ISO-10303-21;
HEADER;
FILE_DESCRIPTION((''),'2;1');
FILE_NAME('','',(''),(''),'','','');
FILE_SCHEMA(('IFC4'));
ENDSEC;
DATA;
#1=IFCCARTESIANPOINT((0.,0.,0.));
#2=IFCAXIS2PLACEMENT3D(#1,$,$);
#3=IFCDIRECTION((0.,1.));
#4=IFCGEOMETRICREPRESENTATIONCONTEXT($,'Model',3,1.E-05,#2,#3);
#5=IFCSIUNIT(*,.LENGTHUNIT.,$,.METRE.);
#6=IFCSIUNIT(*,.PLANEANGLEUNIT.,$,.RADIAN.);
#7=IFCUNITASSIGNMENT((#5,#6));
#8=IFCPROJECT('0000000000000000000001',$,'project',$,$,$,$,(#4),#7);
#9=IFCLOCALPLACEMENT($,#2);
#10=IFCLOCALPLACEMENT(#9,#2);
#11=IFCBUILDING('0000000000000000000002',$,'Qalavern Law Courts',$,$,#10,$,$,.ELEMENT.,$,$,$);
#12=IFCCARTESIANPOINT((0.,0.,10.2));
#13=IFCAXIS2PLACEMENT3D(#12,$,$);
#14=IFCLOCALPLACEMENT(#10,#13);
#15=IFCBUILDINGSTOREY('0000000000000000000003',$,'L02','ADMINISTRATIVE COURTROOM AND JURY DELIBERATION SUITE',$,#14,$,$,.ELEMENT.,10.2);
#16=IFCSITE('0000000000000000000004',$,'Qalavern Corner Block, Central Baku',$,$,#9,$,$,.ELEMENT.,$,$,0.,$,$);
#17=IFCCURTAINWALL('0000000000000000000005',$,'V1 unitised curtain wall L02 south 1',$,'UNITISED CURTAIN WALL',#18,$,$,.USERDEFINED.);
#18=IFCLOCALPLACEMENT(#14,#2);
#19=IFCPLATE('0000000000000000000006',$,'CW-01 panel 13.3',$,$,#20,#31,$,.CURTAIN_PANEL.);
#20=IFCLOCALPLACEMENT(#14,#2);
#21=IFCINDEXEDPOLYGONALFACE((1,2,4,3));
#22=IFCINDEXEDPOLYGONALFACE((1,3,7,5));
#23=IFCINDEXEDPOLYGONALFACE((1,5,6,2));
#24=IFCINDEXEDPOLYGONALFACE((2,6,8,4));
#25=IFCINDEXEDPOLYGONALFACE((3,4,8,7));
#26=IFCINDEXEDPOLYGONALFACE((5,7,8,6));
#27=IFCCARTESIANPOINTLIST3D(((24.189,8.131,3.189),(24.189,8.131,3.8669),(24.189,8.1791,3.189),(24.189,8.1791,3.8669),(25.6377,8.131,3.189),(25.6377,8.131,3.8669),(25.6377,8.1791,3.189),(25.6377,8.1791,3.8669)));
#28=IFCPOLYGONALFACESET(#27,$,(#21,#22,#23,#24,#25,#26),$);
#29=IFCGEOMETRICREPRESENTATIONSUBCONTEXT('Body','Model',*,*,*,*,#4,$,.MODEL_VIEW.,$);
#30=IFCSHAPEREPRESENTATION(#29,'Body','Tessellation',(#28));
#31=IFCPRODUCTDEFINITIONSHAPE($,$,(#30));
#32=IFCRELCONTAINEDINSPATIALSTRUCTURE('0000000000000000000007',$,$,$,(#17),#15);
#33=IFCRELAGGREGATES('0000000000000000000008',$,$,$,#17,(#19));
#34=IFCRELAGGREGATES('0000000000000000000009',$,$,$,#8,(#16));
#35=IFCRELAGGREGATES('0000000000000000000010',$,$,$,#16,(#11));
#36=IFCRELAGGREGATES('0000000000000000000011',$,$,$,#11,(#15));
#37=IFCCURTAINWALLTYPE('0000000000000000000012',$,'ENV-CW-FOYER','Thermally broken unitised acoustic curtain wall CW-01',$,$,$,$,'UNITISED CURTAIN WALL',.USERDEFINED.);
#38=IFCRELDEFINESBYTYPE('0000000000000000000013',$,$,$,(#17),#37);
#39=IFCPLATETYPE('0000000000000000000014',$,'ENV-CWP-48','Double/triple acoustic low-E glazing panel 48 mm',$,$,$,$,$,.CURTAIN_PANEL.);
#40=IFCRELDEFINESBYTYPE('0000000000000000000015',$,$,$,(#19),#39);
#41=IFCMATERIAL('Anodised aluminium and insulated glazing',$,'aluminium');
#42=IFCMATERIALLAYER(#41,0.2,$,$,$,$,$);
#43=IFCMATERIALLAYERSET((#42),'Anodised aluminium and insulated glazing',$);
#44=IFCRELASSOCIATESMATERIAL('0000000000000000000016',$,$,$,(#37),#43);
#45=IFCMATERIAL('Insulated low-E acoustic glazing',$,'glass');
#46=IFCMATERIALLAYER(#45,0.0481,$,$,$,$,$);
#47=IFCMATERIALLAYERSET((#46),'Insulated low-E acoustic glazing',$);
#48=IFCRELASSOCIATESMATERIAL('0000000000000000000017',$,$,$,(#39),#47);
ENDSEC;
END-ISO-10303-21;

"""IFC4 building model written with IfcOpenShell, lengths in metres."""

from ifc_helpers import new_model, si_unit, direction, frame, origin, origin_2d, place, context, subcontext, project, spatial, rectangle, extrude, material, layer, layer_set, type_object, element, aggregate, save


model = new_model("IFC4")

# Units and contexts
model_context = context("Model", 3, precision=1e-05, world=origin(), true_north=direction((0.0, 1.0)))
body_context = subcontext(model_context, "Body", "Model", "MODEL_VIEW")
ifc_project = project(units=[si_unit("LENGTHUNIT", "METRE"), si_unit("PLANEANGLEUNIT", "RADIAN")], contexts=[model_context])

# Site, building, storey
site_placement = place(None, origin())
site = spatial("IfcSite", under=ifc_project, at=site_placement, Name="Qalavern Corner Block, Central Baku", CompositionType="ELEMENT", RefElevation=0.0)
building_placement = place(site_placement, origin())
building = spatial("IfcBuilding", under=site, at=building_placement, Name="Qalavern Law Courts", CompositionType="ELEMENT")
storey_placement = place(building_placement, frame((0.0, 0.0, 10.2)))
storey = spatial("IfcBuildingStorey", under=building, at=storey_placement, Name="L02", Description="ADMINISTRATIVE COURTROOM AND JURY DELIBERATION SUITE", CompositionType="ELEMENT", Elevation=10.2)

# Curtain wall
ifc_material_1 = material(Name="Anodised aluminium and insulated glazing", Category="aluminium")
ifc_layer_1 = layer(ifc_material_1, 0.2)
ifc_layer_set_1 = layer_set([ifc_layer_1], Name="Anodised aluminium and insulated glazing")
curtain_wall_type = type_object("IfcCurtainWallType", Name="ENV-CW-FOYER", Description="Thermally broken unitised acoustic curtain wall CW-01", ElementType="UNITISED CURTAIN WALL", PredefinedType="USERDEFINED", material=ifc_layer_set_1)
curtain_wall_placement = place(storey_placement, origin())
curtain_wall = element("IfcCurtainWall", 1, at=curtain_wall_placement, inside=storey, type_object=curtain_wall_type, Name="V1 unitised curtain wall L02 south 1", ObjectType="UNITISED CURTAIN WALL", PredefinedType="USERDEFINED")

# Plate
ifc_material_2 = material(Name="Insulated low-E acoustic glazing", Category="glass")
ifc_layer_2 = layer(ifc_material_2, 0.0481)
ifc_layer_set_2 = layer_set([ifc_layer_2], Name="Insulated low-E acoustic glazing")
plate_type = type_object("IfcPlateType", Name="ENV-CWP-48", Description="Double/triple acoustic low-E glazing panel 48 mm", PredefinedType="CURTAIN_PANEL", material=ifc_layer_set_2)
plate_1_placement = place(storey_placement, frame((24.9133, 8.155, 3.189), z_axis=(0.0, 0.0, 1.0), x_axis=(1.0, 0.0, 0.0)))
plate_1 = element("IfcPlate", 2, at=plate_1_placement, type_object=plate_type, Name="CW-01 panel 13.3", PredefinedType="CURTAIN_PANEL", context=body_context, shape_type="SweptSolid", body=[
    extrude(rectangle(XDim=1.4487, YDim=0.0481, at=origin_2d()), origin(), (0.0, 0.0, 1.0), 0.678),
])
aggregate(curtain_wall, [plate_1])

save(model, "model.ifc")
